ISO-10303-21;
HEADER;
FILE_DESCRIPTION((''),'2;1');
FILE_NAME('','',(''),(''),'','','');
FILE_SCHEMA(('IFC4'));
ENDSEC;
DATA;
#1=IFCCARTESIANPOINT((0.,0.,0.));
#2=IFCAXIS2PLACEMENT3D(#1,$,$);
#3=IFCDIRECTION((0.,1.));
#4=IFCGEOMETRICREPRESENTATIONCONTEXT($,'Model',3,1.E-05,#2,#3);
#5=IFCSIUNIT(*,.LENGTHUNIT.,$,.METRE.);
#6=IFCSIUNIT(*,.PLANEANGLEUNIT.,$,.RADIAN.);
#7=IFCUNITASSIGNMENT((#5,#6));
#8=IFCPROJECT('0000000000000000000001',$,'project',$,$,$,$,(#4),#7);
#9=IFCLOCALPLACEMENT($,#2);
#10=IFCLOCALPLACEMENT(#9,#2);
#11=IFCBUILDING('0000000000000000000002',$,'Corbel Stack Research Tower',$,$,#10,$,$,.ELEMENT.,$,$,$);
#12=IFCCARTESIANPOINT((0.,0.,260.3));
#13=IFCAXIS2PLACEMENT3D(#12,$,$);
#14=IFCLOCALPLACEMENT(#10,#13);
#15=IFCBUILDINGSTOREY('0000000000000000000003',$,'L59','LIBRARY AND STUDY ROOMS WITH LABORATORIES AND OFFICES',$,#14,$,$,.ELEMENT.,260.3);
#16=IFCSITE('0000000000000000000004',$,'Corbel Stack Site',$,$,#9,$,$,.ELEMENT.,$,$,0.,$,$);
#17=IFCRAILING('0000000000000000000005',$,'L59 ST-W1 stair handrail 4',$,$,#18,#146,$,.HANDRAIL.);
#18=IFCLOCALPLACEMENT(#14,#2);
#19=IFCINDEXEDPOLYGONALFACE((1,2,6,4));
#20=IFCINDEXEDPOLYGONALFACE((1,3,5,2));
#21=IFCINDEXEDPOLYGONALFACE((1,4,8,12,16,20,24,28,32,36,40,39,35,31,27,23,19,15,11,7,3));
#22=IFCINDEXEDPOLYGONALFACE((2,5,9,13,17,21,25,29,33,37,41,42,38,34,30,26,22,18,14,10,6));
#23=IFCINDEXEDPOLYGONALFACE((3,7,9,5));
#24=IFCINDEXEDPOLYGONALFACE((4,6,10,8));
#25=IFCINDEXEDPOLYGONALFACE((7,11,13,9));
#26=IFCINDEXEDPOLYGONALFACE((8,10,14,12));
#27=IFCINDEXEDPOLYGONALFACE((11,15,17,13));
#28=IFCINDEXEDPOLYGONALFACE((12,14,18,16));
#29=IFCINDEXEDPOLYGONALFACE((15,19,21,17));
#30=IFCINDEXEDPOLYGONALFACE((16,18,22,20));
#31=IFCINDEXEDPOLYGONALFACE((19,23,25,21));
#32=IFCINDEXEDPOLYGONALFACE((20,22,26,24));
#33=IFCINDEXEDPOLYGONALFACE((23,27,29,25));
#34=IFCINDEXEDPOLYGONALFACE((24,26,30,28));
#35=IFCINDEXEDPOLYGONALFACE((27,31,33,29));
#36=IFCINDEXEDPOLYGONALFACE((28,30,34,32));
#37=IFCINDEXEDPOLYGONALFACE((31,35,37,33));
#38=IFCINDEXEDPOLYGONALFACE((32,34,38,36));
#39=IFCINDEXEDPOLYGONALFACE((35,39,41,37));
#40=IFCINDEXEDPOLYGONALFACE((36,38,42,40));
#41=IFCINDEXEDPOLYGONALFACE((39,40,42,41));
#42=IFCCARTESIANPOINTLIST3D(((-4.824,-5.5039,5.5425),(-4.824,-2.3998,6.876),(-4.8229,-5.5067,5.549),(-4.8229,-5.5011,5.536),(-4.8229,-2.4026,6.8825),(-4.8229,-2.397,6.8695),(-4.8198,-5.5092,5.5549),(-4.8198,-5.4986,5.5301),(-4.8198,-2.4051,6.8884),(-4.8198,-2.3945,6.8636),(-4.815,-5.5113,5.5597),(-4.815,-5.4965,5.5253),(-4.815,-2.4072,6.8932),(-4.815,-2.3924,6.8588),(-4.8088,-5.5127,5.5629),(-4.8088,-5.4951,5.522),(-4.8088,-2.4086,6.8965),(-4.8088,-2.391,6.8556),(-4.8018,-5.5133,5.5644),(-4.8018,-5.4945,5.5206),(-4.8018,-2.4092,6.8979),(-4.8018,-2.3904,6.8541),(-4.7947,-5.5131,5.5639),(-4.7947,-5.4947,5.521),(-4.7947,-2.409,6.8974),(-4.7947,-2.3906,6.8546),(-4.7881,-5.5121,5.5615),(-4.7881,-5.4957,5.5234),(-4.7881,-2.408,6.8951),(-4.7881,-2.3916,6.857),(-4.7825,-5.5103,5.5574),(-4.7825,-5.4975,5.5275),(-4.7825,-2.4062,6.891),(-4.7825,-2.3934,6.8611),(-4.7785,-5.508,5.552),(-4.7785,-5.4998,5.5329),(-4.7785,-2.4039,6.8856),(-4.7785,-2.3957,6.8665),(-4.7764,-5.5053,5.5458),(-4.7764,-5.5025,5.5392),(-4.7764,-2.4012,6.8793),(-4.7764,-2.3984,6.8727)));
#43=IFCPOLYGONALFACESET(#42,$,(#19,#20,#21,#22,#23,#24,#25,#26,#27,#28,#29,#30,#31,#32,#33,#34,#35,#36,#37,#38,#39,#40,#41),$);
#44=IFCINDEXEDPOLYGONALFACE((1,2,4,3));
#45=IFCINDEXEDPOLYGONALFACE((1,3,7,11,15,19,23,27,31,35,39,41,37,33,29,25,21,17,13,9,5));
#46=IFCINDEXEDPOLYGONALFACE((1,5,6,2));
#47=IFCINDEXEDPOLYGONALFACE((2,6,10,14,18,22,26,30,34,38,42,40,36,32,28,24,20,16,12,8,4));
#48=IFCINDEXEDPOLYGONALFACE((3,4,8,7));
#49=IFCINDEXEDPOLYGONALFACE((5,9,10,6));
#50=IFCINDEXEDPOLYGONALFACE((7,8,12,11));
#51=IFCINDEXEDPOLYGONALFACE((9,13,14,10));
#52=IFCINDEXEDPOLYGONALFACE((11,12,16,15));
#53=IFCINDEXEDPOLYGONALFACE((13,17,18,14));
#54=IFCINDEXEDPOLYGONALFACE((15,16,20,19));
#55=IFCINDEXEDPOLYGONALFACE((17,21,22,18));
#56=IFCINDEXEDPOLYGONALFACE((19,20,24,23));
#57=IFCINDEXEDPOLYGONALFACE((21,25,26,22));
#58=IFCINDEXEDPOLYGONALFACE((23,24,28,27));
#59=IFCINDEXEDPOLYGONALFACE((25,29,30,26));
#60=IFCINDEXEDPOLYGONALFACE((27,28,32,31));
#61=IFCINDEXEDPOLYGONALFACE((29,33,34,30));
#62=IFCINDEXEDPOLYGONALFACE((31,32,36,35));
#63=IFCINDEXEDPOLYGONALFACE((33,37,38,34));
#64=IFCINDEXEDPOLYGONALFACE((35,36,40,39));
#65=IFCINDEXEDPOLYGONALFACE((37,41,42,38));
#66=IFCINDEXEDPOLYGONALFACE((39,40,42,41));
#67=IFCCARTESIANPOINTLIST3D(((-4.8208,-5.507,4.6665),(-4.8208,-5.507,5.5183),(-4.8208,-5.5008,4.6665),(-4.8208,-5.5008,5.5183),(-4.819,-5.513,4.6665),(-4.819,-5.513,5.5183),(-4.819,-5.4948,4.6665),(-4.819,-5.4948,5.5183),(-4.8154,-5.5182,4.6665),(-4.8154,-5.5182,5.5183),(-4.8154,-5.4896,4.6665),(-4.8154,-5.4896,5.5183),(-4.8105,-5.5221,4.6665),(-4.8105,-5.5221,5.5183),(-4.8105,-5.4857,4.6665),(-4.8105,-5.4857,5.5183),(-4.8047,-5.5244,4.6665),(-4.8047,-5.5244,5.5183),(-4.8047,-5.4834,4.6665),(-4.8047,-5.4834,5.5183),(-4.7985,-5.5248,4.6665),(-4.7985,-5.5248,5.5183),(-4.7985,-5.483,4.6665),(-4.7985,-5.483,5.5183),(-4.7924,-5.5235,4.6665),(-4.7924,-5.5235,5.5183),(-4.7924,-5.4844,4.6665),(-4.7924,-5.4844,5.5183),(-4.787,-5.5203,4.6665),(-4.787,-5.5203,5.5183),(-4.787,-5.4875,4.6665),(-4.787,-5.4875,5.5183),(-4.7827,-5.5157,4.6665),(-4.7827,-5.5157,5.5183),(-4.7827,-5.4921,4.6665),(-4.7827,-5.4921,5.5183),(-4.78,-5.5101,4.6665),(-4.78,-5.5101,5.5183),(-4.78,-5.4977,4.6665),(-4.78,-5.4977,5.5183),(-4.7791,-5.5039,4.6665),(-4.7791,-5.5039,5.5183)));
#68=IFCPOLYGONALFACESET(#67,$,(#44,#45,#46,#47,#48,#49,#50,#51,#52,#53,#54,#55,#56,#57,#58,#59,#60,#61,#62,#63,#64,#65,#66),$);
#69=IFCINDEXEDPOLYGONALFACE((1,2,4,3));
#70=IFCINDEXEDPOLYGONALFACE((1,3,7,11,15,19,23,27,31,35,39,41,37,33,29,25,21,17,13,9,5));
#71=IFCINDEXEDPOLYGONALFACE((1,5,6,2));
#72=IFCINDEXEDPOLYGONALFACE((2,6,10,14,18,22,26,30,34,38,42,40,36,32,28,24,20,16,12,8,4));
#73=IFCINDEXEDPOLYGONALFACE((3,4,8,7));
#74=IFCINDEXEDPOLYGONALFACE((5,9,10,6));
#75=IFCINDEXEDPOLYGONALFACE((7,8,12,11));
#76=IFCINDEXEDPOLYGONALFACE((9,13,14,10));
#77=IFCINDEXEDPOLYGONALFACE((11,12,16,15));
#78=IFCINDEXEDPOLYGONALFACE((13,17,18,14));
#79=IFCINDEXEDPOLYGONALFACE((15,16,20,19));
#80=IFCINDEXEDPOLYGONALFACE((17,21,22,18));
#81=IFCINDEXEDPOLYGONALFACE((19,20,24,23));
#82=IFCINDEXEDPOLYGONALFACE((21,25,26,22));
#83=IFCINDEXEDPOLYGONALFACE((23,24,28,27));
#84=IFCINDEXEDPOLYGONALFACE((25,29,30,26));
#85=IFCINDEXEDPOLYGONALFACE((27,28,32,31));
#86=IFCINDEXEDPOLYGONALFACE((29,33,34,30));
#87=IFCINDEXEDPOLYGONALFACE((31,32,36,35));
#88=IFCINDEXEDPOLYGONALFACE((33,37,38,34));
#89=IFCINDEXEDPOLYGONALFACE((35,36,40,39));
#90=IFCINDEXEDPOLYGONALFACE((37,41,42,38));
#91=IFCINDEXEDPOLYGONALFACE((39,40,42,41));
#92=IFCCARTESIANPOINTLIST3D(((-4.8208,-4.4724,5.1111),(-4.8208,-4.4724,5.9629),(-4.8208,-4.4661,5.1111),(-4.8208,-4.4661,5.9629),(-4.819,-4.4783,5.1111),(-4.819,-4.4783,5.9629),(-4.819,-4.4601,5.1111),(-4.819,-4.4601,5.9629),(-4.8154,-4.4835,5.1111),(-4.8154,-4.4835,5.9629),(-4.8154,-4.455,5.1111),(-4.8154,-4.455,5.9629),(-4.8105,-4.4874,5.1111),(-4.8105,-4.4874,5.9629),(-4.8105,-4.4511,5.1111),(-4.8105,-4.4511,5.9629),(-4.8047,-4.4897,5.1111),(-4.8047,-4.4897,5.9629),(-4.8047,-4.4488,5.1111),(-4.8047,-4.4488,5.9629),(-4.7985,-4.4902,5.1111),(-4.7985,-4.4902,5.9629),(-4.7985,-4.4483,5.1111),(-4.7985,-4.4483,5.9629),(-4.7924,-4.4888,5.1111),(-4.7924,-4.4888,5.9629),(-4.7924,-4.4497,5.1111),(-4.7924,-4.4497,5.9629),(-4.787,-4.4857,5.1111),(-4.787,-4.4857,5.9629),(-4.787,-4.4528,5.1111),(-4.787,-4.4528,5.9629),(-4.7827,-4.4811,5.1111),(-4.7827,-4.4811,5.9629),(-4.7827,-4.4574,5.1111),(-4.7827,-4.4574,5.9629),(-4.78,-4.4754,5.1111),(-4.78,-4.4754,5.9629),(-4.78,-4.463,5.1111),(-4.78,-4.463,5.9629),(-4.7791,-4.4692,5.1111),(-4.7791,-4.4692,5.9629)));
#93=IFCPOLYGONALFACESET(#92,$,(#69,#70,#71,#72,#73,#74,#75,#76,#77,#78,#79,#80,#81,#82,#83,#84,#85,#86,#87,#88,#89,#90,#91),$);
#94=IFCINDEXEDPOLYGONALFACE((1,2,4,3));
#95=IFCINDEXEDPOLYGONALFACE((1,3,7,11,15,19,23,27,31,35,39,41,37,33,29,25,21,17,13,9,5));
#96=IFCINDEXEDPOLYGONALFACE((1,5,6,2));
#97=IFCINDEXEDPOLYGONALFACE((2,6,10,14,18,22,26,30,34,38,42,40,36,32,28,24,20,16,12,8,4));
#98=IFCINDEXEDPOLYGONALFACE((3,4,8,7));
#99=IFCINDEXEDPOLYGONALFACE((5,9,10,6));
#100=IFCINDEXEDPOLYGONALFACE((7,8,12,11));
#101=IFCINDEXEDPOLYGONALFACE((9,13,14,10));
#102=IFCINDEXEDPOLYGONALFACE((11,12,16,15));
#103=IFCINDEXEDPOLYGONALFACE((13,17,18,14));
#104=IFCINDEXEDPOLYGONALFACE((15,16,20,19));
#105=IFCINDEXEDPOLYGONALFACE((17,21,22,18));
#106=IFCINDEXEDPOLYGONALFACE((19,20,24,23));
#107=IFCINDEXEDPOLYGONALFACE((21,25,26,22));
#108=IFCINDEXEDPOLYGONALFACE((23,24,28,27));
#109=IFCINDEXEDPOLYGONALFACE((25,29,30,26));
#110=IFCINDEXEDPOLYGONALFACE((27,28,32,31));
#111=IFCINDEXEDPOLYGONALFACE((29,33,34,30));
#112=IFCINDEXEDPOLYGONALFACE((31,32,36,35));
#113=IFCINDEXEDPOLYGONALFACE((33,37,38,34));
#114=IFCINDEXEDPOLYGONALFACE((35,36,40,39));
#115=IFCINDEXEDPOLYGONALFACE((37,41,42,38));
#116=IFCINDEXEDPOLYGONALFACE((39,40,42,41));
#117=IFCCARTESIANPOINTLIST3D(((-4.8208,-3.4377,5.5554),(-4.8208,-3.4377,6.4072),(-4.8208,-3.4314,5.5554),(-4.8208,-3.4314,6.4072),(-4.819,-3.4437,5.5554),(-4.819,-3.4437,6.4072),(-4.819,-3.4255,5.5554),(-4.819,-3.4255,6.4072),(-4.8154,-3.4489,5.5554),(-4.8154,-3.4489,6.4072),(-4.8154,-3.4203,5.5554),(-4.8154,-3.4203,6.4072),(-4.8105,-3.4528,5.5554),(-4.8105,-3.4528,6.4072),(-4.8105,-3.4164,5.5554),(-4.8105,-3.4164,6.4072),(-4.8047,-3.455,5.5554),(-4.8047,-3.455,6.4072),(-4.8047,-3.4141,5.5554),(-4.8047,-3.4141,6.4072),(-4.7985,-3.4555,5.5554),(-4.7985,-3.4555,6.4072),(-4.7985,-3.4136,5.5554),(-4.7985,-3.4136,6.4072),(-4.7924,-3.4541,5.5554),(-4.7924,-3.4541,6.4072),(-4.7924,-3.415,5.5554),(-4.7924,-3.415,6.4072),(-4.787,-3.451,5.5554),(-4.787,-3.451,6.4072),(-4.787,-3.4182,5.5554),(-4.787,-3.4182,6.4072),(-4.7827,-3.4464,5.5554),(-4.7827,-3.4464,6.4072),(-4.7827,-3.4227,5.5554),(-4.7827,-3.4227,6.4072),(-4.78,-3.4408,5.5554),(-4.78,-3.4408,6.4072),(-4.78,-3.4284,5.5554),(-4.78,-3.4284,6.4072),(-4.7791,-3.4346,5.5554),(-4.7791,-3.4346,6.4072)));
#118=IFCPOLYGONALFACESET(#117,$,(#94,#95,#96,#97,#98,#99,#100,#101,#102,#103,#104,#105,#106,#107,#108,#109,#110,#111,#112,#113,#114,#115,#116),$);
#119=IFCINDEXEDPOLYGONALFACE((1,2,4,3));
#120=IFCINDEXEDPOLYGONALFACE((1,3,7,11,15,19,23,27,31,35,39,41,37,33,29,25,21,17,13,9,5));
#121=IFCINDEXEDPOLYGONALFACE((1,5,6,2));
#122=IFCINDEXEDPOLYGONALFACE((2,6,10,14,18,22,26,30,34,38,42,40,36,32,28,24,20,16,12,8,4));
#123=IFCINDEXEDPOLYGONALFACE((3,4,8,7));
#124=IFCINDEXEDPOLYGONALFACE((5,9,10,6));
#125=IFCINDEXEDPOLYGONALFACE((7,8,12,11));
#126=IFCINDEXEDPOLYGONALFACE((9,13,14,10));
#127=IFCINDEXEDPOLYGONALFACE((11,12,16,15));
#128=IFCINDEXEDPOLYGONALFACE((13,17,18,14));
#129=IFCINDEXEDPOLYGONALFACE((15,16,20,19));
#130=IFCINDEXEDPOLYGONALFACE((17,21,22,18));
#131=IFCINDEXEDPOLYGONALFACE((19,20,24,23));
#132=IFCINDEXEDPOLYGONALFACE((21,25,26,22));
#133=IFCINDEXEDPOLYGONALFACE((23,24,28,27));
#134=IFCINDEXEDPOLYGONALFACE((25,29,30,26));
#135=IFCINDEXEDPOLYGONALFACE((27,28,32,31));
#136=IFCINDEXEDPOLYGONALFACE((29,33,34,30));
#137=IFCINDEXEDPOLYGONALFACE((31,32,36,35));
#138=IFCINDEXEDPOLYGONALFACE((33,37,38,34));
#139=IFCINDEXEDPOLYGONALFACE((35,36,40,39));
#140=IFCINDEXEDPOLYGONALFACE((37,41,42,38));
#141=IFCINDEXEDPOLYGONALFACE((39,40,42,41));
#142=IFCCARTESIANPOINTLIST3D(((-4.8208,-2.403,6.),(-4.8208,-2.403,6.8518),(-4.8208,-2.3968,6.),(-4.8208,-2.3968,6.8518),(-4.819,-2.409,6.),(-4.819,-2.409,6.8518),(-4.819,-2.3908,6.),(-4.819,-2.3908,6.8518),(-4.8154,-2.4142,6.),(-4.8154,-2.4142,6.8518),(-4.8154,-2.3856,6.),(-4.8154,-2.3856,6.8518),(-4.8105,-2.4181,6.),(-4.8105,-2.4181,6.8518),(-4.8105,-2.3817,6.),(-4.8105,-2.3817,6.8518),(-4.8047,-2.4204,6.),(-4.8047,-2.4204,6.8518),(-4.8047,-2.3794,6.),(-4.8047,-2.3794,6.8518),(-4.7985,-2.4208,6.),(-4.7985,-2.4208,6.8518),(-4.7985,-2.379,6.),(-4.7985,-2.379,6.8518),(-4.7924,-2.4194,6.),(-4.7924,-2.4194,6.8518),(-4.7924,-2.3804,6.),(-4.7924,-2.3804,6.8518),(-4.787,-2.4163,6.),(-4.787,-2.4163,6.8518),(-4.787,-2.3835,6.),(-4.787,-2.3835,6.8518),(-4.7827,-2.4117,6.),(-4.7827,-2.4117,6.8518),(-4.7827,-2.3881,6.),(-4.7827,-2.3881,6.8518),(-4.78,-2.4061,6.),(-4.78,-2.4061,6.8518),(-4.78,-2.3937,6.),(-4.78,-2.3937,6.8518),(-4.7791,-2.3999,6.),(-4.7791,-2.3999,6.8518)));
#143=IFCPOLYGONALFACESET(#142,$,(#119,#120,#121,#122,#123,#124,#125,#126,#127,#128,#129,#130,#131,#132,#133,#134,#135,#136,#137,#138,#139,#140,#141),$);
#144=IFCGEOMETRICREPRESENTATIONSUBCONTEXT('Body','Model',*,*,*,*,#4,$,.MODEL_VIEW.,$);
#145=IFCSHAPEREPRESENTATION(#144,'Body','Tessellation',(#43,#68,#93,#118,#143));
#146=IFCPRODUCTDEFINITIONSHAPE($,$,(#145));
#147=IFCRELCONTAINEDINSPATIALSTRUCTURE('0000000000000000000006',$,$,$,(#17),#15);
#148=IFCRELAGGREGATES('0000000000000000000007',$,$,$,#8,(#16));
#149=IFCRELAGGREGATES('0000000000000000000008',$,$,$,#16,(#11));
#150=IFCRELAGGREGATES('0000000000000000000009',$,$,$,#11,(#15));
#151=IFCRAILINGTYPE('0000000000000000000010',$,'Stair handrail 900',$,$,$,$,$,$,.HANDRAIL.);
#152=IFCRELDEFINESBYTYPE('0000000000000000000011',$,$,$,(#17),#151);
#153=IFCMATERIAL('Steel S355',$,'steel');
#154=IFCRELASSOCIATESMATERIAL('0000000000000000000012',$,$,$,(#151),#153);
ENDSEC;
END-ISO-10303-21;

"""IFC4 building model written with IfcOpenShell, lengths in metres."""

from ifc_helpers import new_model, si_unit, direction, frame, origin, origin_2d, place, context, subcontext, project, spatial, circle, extrude, material, type_object, element, save


model = new_model("IFC4")

# Units and contexts
model_context = context("Model", 3, precision=1e-05, world=origin(), true_north=direction((0.0, 1.0)))
body_context = subcontext(model_context, "Body", "Model", "MODEL_VIEW")
ifc_project = project(units=[si_unit("LENGTHUNIT", "METRE"), si_unit("PLANEANGLEUNIT", "RADIAN")], contexts=[model_context])

# Site, building, storey
site_placement = place(None, origin())
site = spatial("IfcSite", under=ifc_project, at=site_placement, Name="Corbel Stack Site", CompositionType="ELEMENT", RefElevation=0.0)
building_placement = place(site_placement, origin())
building = spatial("IfcBuilding", under=site, at=building_placement, Name="Corbel Stack Research Tower", CompositionType="ELEMENT")
storey_placement = place(building_placement, frame((0.0, 0.0, 260.3)))
storey = spatial("IfcBuildingStorey", under=building, at=storey_placement, Name="L59", Description="LIBRARY AND STUDY ROOMS WITH LABORATORIES AND OFFICES", CompositionType="ELEMENT", Elevation=260.3)

# Railing
ifc_material_1 = material(Name="Steel S355", Category="steel")
railing_type_1 = type_object("IfcRailingType", Name="Stair handrail 900", PredefinedType="HANDRAIL", material=ifc_material_1)
for number, where, name in (
    (1, (-4.8, -5.5039, 4.6665), "L59 ST-W1 stair handrail 4"),
):
    element("IfcRailing", number, at=place(storey_placement, frame(where)), inside=storey, type_object=railing_type_1, Name=name, PredefinedType="HANDRAIL", context=body_context, shape_type="SweptSolid", body=[
        extrude(circle(Radius=0.0239, at=origin_2d()), frame((0.0, 0.0, 0.876), z_axis=(0.0, 0.918801, 0.394722), x_axis=(-1.0, 0.0, 0.0)), (0.0, 0.0, 1.0), 3.3784),
        extrude(circle(Radius=0.021, at=origin_2d()), origin(), (0.0, 0.0, 1.0), 0.8518),
        extrude(circle(Radius=0.021, at=origin_2d()), frame((0.0, 1.0347, 0.4446)), (0.0, 0.0, 1.0), 0.8518),
        extrude(circle(Radius=0.021, at=origin_2d()), frame((0.0, 2.0693, 0.8889)), (0.0, 0.0, 1.0), 0.8518),
        extrude(circle(Radius=0.021, at=origin_2d()), frame((0.0, 3.104, 1.3335)), (0.0, 0.0, 1.0), 0.8518),
    ])

save(model, "model.ifc")
